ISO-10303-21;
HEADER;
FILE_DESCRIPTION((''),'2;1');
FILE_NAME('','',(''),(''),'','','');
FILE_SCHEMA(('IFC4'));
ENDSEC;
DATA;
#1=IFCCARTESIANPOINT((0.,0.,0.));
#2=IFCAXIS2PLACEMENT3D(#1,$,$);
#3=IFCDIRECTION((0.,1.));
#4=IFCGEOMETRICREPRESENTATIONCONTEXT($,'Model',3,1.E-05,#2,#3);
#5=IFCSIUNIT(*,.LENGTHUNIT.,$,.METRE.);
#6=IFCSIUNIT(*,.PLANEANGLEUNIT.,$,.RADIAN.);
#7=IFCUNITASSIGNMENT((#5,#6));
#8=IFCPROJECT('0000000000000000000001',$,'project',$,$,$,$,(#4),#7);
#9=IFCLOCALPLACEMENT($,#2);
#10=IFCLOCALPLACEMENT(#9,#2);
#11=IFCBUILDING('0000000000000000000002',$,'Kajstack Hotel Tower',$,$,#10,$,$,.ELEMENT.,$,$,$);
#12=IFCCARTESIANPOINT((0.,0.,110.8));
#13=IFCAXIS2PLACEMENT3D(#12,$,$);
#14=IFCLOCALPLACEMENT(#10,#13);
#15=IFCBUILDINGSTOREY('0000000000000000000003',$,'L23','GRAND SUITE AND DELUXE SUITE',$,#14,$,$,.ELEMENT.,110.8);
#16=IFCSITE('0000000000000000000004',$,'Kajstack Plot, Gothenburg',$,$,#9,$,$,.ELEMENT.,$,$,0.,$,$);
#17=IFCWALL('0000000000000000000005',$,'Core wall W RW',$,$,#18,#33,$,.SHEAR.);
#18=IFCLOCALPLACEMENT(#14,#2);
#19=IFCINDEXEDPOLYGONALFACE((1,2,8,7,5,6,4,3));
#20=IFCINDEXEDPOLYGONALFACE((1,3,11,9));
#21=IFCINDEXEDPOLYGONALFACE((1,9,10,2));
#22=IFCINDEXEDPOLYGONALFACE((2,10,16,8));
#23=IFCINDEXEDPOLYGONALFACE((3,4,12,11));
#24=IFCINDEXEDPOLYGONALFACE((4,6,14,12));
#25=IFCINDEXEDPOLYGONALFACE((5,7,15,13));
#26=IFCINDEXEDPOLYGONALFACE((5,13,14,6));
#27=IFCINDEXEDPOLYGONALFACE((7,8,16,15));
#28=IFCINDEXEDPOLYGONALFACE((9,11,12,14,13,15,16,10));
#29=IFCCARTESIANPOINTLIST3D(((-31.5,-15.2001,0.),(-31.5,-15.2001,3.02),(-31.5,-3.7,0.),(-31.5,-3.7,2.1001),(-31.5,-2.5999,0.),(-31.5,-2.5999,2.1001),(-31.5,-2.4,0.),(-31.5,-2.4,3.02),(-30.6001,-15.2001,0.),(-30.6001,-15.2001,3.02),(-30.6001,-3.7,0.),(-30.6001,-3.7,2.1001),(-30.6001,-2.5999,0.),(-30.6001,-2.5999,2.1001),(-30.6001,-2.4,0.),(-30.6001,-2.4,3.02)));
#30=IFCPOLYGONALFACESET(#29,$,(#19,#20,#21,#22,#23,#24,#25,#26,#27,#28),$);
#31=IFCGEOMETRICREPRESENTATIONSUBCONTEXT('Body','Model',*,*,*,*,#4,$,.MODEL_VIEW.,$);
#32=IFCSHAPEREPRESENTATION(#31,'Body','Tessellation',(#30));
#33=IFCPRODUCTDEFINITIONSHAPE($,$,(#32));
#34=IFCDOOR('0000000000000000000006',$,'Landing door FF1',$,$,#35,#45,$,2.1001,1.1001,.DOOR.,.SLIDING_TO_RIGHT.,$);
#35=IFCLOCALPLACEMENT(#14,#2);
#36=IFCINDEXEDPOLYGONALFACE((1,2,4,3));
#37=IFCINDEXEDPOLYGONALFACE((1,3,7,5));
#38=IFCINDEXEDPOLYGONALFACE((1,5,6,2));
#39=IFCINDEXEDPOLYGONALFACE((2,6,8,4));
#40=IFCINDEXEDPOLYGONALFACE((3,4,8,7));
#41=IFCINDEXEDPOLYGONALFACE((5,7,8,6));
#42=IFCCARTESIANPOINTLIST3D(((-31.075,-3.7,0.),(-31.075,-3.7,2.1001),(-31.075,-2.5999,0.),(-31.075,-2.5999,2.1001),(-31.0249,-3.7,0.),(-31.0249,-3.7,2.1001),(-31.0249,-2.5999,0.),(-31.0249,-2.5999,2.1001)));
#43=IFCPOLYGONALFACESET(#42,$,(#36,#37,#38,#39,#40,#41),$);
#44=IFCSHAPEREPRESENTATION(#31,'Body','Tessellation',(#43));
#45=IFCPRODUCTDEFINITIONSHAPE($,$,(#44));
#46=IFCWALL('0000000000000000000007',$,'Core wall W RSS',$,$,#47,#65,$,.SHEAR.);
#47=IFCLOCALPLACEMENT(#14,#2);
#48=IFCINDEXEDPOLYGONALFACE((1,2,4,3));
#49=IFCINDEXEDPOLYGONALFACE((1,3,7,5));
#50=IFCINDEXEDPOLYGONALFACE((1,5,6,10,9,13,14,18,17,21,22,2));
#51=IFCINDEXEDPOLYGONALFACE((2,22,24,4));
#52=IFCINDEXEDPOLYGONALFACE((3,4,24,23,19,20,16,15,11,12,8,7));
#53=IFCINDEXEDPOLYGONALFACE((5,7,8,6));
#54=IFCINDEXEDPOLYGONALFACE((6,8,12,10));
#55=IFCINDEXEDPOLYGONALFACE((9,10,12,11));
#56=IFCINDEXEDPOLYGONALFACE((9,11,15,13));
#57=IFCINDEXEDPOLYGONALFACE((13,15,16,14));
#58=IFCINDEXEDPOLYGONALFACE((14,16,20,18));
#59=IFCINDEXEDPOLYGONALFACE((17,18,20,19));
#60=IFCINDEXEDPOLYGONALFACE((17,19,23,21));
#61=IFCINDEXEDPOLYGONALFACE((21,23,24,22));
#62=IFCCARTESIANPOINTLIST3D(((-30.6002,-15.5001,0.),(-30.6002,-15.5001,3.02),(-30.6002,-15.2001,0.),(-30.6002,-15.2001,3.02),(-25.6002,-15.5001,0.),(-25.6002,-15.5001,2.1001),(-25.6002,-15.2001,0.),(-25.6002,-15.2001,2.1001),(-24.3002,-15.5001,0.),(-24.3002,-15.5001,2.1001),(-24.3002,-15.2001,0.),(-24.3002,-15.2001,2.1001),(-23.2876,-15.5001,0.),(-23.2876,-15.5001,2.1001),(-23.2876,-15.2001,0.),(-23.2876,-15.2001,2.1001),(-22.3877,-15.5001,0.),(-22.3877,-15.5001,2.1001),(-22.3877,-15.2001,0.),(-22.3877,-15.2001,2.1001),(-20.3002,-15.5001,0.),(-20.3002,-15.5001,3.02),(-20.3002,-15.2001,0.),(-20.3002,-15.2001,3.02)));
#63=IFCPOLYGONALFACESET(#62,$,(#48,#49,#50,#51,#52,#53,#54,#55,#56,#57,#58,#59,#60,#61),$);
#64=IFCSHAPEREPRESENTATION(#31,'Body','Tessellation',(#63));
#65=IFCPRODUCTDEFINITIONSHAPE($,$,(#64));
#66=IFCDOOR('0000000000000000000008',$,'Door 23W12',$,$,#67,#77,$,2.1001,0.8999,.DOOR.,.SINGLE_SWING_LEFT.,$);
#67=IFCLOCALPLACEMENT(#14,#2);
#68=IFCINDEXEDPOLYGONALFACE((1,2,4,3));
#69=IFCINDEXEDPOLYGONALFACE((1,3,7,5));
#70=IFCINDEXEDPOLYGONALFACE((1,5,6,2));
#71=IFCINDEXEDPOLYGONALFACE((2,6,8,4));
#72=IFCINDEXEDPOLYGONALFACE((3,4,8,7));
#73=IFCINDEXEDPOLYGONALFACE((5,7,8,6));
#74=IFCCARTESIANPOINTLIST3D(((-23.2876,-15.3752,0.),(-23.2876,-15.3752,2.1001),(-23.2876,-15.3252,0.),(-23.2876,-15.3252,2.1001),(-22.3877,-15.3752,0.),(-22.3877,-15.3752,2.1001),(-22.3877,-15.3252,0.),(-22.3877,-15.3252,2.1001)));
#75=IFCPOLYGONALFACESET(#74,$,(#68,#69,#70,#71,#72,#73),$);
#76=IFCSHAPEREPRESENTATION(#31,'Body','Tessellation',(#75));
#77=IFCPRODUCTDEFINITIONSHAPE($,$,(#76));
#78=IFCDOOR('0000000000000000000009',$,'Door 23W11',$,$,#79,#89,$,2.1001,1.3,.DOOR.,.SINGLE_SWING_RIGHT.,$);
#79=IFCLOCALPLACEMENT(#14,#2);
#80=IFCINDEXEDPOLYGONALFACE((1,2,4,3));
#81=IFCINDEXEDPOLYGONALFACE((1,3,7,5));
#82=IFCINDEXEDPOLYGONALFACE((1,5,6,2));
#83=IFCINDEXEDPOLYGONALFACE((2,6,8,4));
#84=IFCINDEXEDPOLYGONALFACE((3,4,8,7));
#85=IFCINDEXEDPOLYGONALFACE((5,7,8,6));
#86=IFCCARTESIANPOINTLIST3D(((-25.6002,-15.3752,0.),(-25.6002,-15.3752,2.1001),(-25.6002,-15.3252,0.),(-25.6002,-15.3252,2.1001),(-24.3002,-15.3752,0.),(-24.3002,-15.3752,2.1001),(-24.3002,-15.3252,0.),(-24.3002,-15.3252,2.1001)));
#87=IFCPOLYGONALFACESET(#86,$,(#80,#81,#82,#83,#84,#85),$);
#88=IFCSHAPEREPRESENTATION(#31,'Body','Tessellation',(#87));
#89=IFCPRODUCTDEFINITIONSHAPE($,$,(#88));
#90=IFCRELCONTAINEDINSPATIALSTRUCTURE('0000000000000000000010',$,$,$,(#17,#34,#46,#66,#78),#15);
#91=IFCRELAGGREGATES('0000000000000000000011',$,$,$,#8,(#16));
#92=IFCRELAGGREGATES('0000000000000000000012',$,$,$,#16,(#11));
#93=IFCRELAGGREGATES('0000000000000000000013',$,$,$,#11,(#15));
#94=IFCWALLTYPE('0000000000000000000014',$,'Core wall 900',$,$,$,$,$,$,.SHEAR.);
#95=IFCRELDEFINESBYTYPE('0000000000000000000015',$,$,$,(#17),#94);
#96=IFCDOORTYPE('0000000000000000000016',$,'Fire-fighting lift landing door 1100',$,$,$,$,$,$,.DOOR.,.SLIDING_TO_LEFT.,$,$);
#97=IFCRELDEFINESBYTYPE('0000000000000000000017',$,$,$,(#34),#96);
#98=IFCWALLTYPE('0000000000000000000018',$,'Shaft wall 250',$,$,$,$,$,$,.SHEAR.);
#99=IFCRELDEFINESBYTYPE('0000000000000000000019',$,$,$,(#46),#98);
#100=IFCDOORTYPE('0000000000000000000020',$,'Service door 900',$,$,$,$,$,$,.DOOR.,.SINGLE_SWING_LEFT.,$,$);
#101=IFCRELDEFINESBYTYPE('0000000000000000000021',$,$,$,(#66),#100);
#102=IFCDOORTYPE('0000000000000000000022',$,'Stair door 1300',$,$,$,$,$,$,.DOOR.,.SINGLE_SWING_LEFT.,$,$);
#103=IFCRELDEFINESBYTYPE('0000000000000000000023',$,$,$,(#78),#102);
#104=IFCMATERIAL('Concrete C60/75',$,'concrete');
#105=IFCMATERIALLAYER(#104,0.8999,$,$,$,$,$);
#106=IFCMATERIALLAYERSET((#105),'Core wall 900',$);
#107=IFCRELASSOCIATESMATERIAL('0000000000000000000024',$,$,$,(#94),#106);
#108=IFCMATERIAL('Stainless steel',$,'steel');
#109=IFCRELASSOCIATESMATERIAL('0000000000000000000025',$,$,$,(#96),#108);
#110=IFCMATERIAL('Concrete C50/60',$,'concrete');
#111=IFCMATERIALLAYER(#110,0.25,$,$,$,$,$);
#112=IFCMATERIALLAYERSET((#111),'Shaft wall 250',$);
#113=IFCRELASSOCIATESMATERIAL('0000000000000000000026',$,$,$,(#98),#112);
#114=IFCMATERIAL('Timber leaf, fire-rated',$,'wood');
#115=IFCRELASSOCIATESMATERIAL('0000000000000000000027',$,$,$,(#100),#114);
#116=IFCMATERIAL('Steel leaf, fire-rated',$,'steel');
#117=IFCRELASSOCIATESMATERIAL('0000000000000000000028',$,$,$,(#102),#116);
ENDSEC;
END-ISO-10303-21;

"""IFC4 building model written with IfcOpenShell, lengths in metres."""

from ifc_helpers import new_model, si_unit, direction, frame, frame_2d, origin, place, context, subcontext, project, spatial, rectangle, extrude, material, layer, layer_set, type_object, element, fill, save


model = new_model("IFC4")

# Units and contexts
model_context = context("Model", 3, precision=1e-05, world=origin(), true_north=direction((0.0, 1.0)))
body_context = subcontext(model_context, "Body", "Model", "MODEL_VIEW")
ifc_project = project(units=[si_unit("LENGTHUNIT", "METRE"), si_unit("PLANEANGLEUNIT", "RADIAN")], contexts=[model_context])

# Site, building, storey
site_placement = place(None, origin())
site = spatial("IfcSite", under=ifc_project, at=site_placement, Name="Kajstack Plot, Gothenburg", CompositionType="ELEMENT", RefElevation=0.0)
building_placement = place(site_placement, origin())
building = spatial("IfcBuilding", under=site, at=building_placement, Name="Kajstack Hotel Tower", CompositionType="ELEMENT")
storey_placement = place(building_placement, frame((0.0, 0.0, 110.8)))
storey = spatial("IfcBuildingStorey", under=building, at=storey_placement, Name="L23", Description="GRAND SUITE AND DELUXE SUITE", CompositionType="ELEMENT", Elevation=110.8)

# Wall, opening, door
ifc_material_1 = material(Name="Concrete C60/75", Category="concrete")
ifc_layer_1 = layer(ifc_material_1, 0.8999)
ifc_layer_set_1 = layer_set([ifc_layer_1], Name="Core wall 900")
wall_type_1 = type_object("IfcWallType", Name="Core wall 900", PredefinedType="SHEAR", material=ifc_layer_set_1)
wall_1_placement = place(storey_placement, frame((-31.05, -15.2, 0.0), z_axis=(0.0, 0.0, 1.0), x_axis=(0.0, 1.0, 0.0)))
wall_1 = element("IfcWall", 1, at=wall_1_placement, inside=storey, type_object=wall_type_1, Name="Core wall W RW", PredefinedType="SHEAR", context=body_context, shape_type="SweptSolid", body=[
    extrude(rectangle(XDim=12.8, YDim=0.8999, at=frame_2d((6.3999, 0.0))), origin(), (0.0, 0.0, 1.0), 3.02),
])
opening_1_placement = place(wall_1_placement, frame((11.5, 0.0, 0.0)))
opening_1 = element("IfcOpeningElement", 2, at=opening_1_placement, cuts=wall_1, PredefinedType="OPENING", context=body_context, shape_type="SweptSolid", body=[
    extrude(rectangle(XDim=1.1001, YDim=2.1001, at=frame_2d((0.55, 1.05))), frame((0.0, 0.46, 0.0), z_axis=(0.0, -1.0, 0.0), x_axis=(1.0, 0.0, 0.0)), (0.0, 0.0, 1.0), 0.9199),
])
ifc_material_2 = material(Name="Stainless steel", Category="steel")
door_type_1 = type_object("IfcDoorType", Name="Fire-fighting lift landing door 1100", OperationType="SLIDING_TO_LEFT", PredefinedType="DOOR", material=ifc_material_2)
door_1_placement = place(opening_1_placement, origin())
door_1 = element("IfcDoor", 3, at=door_1_placement, inside=storey, type_object=door_type_1, Name="Landing door FF1", OperationType="SLIDING_TO_RIGHT", OverallHeight=2.1001, OverallWidth=1.1001, PredefinedType="DOOR", context=body_context, shape_type="SweptSolid", body=[
    extrude(rectangle(XDim=1.1001, YDim=2.1001, at=frame_2d((0.55, 1.05))), frame((0.0, 0.0249, 0.0), z_axis=(0.0, -1.0, 0.0), x_axis=(1.0, 0.0, 0.0)), (0.0, 0.0, 1.0), 0.05),
])
fill(opening_1, door_1)

# Wall, openings, doors
ifc_material_3 = material(Name="Concrete C50/60", Category="concrete")
ifc_layer_2 = layer(ifc_material_3, 0.25)
ifc_layer_set_2 = layer_set([ifc_layer_2], Name="Shaft wall 250")
wall_type_2 = type_object("IfcWallType", Name="Shaft wall 250", PredefinedType="SHEAR", material=ifc_layer_set_2)
wall_2_placement = place(storey_placement, frame((-30.6001, -15.3501, 0.0), z_axis=(0.0, 0.0, 1.0), x_axis=(1.0, 0.0, 0.0)))
wall_2 = element("IfcWall", 4, at=wall_2_placement, inside=storey, type_object=wall_type_2, Name="Core wall W RSS", PredefinedType="SHEAR", context=body_context, shape_type="SweptSolid", body=[
    extrude(rectangle(XDim=10.3, YDim=0.3, at=frame_2d((5.1499, 0.0))), origin(), (0.0, 0.0, 1.0), 3.02),
])
opening_2_placement = place(wall_2_placement, frame((5.0, 0.0, 0.0)))
opening_2 = element("IfcOpeningElement", 5, at=opening_2_placement, cuts=wall_2, PredefinedType="OPENING", context=body_context, shape_type="SweptSolid", body=[
    extrude(rectangle(XDim=1.3, YDim=2.1001, at=frame_2d((0.6499, 1.05))), frame((0.0, 0.1599, 0.0), z_axis=(0.0, -1.0, 0.0), x_axis=(1.0, 0.0, 0.0)), (0.0, 0.0, 1.0), 0.3201),
])
opening_3_placement = place(wall_2_placement, frame((7.3125, 0.0, 0.0)))
opening_3 = element("IfcOpeningElement", 6, at=opening_3_placement, cuts=wall_2, PredefinedType="OPENING", context=body_context, shape_type="SweptSolid", body=[
    extrude(rectangle(XDim=0.8999, YDim=2.1001, at=frame_2d((0.45, 1.05))), frame((0.0, 0.1599, 0.0), z_axis=(0.0, -1.0, 0.0), x_axis=(1.0, 0.0, 0.0)), (0.0, 0.0, 1.0), 0.3201),
])
ifc_material_4 = material(Name="Timber leaf, fire-rated", Category="wood")
door_type_2 = type_object("IfcDoorType", Name="Service door 900", OperationType="SINGLE_SWING_LEFT", PredefinedType="DOOR", material=ifc_material_4)
door_2_placement = place(opening_3_placement, origin())
door_2 = element("IfcDoor", 7, at=door_2_placement, inside=storey, type_object=door_type_2, Name="Door 23W12", OperationType="SINGLE_SWING_LEFT", OverallHeight=2.1001, OverallWidth=0.8999, PredefinedType="DOOR", context=body_context, shape_type="SweptSolid", body=[
    extrude(rectangle(XDim=0.8999, YDim=2.1001, at=frame_2d((0.45, 1.05))), frame((0.0, 0.0249, 0.0), z_axis=(0.0, -1.0, 0.0), x_axis=(1.0, 0.0, 0.0)), (0.0, 0.0, 1.0), 0.05),
])
fill(opening_3, door_2)
ifc_material_5 = material(Name="Steel leaf, fire-rated", Category="steel")
door_type_3 = type_object("IfcDoorType", Name="Stair door 1300", OperationType="SINGLE_SWING_LEFT", PredefinedType="DOOR", material=ifc_material_5)
door_3_placement = place(opening_2_placement, origin())
door_3 = element("IfcDoor", 8, at=door_3_placement, inside=storey, type_object=door_type_3, Name="Door 23W11", OperationType="SINGLE_SWING_RIGHT", OverallHeight=2.1001, OverallWidth=1.3, PredefinedType="DOOR", context=body_context, shape_type="SweptSolid", body=[
    extrude(rectangle(XDim=1.3, YDim=2.1001, at=frame_2d((0.6499, 1.05))), frame((0.0, 0.0249, 0.0), z_axis=(0.0, -1.0, 0.0), x_axis=(1.0, 0.0, 0.0)), (0.0, 0.0, 1.0), 0.05),
])
fill(opening_2, door_3)

save(model, "model.ifc")
